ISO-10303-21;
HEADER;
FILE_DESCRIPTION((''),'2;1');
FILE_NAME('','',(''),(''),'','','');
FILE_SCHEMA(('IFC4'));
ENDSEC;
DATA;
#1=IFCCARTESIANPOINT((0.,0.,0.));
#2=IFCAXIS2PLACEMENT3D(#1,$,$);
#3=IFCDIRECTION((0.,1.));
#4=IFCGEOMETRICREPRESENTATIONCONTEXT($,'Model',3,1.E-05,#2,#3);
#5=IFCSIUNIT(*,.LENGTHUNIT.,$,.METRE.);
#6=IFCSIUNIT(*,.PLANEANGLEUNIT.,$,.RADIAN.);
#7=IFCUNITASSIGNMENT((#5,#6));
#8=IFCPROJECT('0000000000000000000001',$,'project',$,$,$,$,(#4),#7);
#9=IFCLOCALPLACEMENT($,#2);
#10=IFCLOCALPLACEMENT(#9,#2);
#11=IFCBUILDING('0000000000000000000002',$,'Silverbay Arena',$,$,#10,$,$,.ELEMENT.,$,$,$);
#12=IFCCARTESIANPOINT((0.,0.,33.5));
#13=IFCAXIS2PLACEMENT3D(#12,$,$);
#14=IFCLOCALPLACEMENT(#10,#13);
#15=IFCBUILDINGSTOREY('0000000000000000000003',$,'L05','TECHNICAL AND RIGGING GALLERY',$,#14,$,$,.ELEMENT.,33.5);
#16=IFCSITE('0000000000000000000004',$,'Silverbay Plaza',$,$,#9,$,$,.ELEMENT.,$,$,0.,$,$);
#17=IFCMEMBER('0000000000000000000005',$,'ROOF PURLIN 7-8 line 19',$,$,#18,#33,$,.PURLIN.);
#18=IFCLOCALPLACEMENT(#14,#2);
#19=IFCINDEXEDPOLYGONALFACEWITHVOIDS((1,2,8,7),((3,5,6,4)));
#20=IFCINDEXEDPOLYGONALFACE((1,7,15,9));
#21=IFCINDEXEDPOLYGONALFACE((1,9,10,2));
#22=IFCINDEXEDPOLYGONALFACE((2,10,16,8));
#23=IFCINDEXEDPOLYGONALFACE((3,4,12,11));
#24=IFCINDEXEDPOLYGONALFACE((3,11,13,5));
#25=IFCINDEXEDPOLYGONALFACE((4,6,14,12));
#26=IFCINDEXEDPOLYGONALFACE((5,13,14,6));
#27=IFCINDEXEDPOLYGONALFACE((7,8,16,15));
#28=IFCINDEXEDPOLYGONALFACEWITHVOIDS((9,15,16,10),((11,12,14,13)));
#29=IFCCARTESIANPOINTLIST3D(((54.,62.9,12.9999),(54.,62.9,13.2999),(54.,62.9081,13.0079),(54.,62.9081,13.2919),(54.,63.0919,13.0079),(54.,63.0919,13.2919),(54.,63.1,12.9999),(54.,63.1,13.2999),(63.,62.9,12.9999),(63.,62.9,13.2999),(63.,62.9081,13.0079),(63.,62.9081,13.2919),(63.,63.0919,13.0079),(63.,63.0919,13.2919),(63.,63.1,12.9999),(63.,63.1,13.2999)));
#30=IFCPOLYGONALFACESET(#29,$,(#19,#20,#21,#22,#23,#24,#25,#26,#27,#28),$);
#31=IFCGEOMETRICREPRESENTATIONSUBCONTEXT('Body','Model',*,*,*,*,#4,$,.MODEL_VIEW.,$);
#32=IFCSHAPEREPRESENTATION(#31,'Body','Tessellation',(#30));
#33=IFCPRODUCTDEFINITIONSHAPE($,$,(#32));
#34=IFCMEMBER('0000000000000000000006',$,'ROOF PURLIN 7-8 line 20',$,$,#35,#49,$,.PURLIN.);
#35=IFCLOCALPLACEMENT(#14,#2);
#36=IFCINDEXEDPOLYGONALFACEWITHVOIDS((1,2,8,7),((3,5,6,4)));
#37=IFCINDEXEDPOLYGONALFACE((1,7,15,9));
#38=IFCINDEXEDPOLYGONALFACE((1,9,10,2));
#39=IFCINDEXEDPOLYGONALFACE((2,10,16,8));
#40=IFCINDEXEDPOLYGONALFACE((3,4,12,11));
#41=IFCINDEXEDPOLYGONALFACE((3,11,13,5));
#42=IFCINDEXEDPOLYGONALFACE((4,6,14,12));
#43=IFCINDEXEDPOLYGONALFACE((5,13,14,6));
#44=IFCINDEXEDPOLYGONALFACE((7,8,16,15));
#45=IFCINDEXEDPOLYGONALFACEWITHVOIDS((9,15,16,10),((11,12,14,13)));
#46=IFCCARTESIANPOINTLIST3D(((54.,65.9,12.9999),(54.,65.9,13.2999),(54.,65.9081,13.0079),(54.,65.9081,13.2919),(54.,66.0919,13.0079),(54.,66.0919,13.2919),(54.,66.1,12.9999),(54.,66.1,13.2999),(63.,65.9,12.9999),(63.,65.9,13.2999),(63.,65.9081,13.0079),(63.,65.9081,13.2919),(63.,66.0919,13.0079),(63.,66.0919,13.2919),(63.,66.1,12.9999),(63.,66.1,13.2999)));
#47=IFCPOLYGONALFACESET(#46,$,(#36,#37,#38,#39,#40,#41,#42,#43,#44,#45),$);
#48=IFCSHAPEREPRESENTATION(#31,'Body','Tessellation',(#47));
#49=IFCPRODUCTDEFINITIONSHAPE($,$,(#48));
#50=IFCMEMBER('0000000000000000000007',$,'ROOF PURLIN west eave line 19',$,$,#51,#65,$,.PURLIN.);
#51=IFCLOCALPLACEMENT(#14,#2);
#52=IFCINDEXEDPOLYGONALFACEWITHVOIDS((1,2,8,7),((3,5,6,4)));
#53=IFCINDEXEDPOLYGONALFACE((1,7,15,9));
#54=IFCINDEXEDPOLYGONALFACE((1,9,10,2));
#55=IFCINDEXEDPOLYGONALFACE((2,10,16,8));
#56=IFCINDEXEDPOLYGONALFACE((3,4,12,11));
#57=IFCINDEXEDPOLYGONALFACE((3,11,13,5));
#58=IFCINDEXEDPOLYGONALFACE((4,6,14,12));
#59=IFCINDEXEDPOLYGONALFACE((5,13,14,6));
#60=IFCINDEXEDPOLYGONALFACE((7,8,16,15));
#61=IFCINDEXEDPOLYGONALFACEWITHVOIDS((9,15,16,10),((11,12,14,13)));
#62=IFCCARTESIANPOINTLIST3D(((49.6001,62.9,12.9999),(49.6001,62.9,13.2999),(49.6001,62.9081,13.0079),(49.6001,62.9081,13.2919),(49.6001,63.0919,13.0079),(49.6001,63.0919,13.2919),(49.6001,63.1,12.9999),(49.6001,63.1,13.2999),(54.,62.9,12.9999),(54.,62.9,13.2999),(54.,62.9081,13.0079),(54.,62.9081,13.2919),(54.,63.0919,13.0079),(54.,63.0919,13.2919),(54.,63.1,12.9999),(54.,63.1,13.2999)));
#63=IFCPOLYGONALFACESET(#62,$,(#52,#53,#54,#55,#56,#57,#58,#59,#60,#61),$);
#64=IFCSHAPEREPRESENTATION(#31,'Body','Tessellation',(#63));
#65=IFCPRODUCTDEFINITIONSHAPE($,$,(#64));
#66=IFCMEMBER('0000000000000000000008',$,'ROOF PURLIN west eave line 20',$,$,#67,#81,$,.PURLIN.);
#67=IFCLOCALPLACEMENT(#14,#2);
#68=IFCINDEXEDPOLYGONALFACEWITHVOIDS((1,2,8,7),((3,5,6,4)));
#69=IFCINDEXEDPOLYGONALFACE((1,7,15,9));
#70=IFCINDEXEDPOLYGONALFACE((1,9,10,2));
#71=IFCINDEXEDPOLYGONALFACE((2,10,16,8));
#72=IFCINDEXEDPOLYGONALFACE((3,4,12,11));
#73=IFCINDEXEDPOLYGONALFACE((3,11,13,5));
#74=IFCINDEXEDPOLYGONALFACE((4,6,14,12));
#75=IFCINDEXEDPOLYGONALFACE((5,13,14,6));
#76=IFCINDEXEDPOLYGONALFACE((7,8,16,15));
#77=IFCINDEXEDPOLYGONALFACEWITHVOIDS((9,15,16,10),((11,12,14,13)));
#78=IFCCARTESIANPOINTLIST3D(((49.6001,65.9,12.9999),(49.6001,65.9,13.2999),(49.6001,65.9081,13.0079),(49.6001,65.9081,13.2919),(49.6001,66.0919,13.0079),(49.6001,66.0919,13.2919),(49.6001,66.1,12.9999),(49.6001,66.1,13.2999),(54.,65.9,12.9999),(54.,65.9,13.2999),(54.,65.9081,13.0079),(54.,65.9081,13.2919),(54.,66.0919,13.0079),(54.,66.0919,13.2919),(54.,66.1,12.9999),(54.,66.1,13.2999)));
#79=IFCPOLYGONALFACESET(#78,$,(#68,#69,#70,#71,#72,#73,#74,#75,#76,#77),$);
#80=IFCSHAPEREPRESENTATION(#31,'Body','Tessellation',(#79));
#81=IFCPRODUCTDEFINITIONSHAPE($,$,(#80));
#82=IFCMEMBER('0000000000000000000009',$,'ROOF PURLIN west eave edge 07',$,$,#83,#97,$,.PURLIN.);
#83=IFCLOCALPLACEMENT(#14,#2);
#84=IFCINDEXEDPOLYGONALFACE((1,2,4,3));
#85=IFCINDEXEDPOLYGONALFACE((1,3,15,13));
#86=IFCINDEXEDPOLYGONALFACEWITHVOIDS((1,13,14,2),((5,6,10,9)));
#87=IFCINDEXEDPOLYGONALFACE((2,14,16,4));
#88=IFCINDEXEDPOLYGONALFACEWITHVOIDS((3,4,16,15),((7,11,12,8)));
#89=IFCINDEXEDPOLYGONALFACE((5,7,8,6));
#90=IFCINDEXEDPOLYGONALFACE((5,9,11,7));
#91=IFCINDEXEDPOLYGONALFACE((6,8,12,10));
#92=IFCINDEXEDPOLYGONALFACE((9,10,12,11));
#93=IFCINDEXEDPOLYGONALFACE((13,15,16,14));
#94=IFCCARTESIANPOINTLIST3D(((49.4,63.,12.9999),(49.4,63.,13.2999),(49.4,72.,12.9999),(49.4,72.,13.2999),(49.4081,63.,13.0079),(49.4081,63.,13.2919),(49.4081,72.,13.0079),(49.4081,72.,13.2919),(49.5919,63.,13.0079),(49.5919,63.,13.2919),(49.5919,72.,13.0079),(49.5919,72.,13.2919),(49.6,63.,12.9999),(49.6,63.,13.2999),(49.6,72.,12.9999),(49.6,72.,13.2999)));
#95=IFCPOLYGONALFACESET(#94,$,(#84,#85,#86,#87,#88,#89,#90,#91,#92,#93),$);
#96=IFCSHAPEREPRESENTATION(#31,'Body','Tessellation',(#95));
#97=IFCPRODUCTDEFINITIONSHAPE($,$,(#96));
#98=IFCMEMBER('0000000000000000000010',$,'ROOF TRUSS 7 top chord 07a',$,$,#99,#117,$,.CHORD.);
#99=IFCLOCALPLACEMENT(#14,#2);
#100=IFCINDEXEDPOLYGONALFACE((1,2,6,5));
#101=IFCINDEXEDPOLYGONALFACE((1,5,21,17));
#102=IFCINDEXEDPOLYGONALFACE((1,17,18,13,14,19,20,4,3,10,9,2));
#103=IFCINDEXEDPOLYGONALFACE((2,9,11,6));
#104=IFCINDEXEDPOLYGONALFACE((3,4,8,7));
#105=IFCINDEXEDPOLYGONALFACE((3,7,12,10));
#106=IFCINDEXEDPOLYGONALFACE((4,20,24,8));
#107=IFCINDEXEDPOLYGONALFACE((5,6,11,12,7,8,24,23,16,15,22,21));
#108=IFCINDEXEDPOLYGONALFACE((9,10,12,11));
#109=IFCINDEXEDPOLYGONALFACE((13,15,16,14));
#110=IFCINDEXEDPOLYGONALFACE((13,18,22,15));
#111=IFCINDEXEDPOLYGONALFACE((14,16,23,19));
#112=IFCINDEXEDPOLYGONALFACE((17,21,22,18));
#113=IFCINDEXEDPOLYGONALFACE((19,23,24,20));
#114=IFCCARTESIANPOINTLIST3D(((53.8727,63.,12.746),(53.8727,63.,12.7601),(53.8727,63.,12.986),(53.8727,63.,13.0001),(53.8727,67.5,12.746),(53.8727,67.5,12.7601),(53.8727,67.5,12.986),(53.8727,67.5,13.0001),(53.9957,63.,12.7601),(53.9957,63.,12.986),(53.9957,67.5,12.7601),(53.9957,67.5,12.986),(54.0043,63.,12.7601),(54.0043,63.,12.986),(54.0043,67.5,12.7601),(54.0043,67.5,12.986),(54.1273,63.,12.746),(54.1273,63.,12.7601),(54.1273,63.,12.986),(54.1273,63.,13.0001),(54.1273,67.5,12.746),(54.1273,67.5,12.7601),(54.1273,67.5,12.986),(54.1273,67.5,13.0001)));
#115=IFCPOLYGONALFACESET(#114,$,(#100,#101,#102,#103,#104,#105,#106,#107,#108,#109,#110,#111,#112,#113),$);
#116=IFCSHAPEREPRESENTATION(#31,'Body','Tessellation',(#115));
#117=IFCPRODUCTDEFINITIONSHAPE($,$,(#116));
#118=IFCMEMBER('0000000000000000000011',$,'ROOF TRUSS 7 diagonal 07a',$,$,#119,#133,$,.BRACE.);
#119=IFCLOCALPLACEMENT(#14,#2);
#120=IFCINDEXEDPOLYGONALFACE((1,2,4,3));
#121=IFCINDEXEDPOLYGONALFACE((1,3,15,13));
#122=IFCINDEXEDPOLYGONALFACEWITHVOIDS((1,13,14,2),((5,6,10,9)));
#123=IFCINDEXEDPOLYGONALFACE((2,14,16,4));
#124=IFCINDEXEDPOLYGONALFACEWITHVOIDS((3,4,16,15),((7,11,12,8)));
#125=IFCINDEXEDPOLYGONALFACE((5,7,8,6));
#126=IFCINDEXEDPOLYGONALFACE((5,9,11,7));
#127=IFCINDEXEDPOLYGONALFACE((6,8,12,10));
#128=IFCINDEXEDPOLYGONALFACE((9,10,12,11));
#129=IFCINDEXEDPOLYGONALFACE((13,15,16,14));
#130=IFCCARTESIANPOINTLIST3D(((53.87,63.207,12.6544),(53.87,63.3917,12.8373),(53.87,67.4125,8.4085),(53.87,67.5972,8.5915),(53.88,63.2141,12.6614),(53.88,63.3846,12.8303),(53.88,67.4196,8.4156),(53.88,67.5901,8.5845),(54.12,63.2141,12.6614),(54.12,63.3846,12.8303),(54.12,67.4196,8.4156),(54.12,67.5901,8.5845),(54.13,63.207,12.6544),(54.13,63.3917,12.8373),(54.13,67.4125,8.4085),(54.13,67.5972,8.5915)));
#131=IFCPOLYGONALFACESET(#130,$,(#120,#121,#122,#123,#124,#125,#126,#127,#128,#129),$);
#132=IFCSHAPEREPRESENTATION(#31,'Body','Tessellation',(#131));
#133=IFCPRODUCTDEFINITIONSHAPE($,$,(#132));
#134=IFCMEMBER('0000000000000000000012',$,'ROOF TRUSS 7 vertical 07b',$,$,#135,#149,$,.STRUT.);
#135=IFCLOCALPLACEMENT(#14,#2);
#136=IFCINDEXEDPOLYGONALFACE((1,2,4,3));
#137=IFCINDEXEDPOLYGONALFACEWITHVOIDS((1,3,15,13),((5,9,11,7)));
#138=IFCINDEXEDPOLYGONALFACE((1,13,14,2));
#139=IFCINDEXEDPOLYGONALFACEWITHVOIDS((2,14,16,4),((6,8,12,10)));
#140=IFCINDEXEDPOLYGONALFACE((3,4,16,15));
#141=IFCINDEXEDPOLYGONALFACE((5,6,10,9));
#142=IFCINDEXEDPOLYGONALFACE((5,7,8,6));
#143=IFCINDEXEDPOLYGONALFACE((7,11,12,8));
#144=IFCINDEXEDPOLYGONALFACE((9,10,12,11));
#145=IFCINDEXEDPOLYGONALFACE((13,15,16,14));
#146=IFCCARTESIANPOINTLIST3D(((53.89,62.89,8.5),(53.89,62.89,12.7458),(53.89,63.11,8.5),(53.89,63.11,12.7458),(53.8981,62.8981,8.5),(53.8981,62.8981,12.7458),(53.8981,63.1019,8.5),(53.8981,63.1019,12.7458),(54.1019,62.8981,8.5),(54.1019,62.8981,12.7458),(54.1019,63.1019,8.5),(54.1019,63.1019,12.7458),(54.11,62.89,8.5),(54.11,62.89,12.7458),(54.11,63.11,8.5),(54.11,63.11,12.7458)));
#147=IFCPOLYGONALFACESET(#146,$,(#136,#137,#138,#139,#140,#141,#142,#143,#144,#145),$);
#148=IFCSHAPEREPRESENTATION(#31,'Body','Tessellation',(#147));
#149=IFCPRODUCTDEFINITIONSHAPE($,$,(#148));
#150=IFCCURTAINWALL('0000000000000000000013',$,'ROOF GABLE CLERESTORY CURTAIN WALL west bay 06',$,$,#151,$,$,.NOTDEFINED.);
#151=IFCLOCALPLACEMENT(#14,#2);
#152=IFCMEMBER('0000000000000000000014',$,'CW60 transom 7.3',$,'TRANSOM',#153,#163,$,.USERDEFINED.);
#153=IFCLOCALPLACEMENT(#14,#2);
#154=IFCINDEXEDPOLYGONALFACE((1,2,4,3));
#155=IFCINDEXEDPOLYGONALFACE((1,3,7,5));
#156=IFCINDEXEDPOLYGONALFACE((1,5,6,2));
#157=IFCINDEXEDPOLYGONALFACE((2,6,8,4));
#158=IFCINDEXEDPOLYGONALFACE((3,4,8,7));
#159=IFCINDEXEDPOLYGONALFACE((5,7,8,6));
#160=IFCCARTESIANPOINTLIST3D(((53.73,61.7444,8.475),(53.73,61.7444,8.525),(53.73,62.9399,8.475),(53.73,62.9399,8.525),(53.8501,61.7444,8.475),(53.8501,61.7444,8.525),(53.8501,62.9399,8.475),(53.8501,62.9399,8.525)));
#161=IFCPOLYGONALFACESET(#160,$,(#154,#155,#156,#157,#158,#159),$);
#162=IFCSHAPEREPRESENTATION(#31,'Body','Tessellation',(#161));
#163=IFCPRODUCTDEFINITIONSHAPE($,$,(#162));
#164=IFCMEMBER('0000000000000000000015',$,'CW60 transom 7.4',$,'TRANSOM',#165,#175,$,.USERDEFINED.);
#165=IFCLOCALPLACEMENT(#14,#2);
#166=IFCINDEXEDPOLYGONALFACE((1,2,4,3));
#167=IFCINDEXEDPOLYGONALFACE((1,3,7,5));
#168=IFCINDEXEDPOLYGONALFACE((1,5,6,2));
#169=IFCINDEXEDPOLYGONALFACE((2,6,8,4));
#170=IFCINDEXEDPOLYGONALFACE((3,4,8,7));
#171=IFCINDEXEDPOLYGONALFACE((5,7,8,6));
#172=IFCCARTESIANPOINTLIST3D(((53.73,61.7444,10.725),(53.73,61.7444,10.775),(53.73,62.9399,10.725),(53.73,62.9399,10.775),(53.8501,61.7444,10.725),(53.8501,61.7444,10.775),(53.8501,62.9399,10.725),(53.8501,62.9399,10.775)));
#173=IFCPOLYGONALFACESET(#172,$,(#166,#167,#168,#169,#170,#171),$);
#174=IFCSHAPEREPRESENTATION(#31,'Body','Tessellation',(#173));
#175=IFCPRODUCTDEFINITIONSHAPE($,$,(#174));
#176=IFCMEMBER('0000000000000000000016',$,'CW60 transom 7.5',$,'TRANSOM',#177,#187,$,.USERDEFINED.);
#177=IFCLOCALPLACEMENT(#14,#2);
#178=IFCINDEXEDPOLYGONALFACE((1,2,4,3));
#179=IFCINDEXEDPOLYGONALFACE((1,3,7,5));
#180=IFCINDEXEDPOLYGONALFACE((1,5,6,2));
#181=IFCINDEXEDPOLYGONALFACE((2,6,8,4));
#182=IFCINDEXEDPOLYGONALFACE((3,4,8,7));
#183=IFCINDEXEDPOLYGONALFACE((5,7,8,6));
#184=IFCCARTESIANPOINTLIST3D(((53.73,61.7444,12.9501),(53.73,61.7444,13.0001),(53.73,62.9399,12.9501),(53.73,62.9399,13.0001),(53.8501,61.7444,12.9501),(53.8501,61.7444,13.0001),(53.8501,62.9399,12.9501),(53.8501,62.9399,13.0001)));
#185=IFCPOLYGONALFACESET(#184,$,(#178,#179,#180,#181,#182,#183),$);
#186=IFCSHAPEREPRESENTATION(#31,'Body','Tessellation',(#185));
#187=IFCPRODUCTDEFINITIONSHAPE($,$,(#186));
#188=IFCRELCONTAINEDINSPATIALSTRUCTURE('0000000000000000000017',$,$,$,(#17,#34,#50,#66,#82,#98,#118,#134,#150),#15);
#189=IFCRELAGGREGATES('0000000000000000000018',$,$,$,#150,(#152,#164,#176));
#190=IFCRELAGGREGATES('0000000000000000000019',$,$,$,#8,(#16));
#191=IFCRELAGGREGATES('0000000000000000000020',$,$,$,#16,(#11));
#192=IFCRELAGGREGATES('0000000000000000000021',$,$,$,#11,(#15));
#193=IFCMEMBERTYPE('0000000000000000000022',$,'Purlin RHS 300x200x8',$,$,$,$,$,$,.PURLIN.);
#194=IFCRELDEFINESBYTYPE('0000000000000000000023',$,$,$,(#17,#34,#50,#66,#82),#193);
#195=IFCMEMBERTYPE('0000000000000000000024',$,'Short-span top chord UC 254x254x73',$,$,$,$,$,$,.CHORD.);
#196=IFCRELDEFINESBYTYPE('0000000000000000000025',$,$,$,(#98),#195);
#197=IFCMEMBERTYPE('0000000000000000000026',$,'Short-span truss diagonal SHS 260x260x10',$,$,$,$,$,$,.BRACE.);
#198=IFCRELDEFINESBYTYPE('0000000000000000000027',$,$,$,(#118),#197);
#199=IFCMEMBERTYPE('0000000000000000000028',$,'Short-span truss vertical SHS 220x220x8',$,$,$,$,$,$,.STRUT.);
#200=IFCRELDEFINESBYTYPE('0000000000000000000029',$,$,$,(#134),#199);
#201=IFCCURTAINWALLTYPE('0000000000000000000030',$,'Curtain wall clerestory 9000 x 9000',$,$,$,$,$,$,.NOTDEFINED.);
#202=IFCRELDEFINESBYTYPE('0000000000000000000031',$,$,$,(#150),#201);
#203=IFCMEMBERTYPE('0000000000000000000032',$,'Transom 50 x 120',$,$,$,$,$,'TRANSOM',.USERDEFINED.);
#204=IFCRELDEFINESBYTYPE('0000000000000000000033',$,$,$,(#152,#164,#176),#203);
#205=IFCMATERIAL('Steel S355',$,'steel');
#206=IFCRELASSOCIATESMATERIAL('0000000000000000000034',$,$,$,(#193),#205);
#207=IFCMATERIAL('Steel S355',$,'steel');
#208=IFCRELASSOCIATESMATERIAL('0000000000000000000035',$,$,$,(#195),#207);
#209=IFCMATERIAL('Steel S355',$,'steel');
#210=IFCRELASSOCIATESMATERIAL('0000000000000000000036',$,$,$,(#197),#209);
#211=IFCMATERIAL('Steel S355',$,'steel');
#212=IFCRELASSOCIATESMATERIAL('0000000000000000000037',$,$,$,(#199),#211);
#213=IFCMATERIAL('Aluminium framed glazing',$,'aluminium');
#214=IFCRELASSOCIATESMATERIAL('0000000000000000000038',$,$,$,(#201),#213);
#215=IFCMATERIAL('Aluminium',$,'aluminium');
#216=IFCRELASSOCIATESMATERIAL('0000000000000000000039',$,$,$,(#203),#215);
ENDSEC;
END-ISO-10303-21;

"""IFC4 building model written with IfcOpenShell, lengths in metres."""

from ifc_helpers import new_model, si_unit, direction, frame, origin, origin_2d, place, context, subcontext, project, spatial, rectangle, hollow_rectangle, i_section, extrude, material, material_profile, profile_set, type_object, element, aggregate, save


model = new_model("IFC4")

# Units and contexts
model_context = context("Model", 3, precision=1e-05, world=origin(), true_north=direction((0.0, 1.0)))
body_context = subcontext(model_context, "Body", "Model", "MODEL_VIEW")
ifc_project = project(units=[si_unit("LENGTHUNIT", "METRE"), si_unit("PLANEANGLEUNIT", "RADIAN")], contexts=[model_context])

# Site, building, storey
site_placement = place(None, origin())
site = spatial("IfcSite", under=ifc_project, at=site_placement, Name="Silverbay Plaza", CompositionType="ELEMENT", RefElevation=0.0)
building_placement = place(site_placement, origin())
building = spatial("IfcBuilding", under=site, at=building_placement, Name="Silverbay Arena", CompositionType="ELEMENT")
storey_placement = place(building_placement, frame((0.0, 0.0, 33.5)))
storey = spatial("IfcBuildingStorey", under=building, at=storey_placement, Name="L05", Description="TECHNICAL AND RIGGING GALLERY", CompositionType="ELEMENT", Elevation=33.5)

# Members
ifc_material_1 = material(Name="Steel S355", Category="steel")
ifc_material_profile_1 = material_profile(ifc_material_1, hollow_rectangle(XDim=0.2, YDim=0.3, WallThickness=0.0081, at=origin_2d()), Name="RHS 300x200x8")
ifc_profile_set_1 = profile_set([ifc_material_profile_1], Name="Steel S355")
member_type_1 = type_object("IfcMemberType", Name="Purlin RHS 300x200x8", PredefinedType="PURLIN", material=ifc_profile_set_1)
for number, where, z_axis, x_axis, name in (
    (1, (54.0, 63.0, 13.1499), (1.0, 0.0, 0.0), (0.0, 1.0, 0.0), "ROOF PURLIN 7-8 line 19"),
    (2, (54.0, 66.0, 13.1499), (1.0, 0.0, 0.0), (0.0, 1.0, 0.0), "ROOF PURLIN 7-8 line 20"),
):
    element("IfcMember", number, at=place(storey_placement, frame(where, z_axis=z_axis, x_axis=x_axis)), inside=storey, type_object=member_type_1, Name=name, PredefinedType="PURLIN", context=body_context, shape_type="SweptSolid", body=[
        extrude(hollow_rectangle(XDim=0.2, YDim=0.3, WallThickness=0.0081, at=origin_2d()), origin(), (0.0, 0.0, 1.0), 9.0),
    ])
for number, where, z_axis, x_axis, name in (
    (3, (49.6001, 63.0, 13.1499), (1.0, 0.0, 0.0), (0.0, 1.0, 0.0), "ROOF PURLIN west eave line 19"),
    (4, (49.6001, 66.0, 13.1499), (1.0, 0.0, 0.0), (0.0, 1.0, 0.0), "ROOF PURLIN west eave line 20"),
):
    element("IfcMember", number, at=place(storey_placement, frame(where, z_axis=z_axis, x_axis=x_axis)), inside=storey, type_object=member_type_1, Name=name, PredefinedType="PURLIN", context=body_context, shape_type="SweptSolid", body=[
        extrude(hollow_rectangle(XDim=0.2, YDim=0.3, WallThickness=0.0081, at=origin_2d()), origin(), (0.0, 0.0, 1.0), 4.3999),
    ])
member_1_placement = place(storey_placement, frame((49.5, 63.0, 13.1499), z_axis=(0.0, 1.0, 0.0), x_axis=(-1.0, 0.0, 0.0)))
element("IfcMember", 5, at=member_1_placement, inside=storey, type_object=member_type_1, Name="ROOF PURLIN west eave edge 07", PredefinedType="PURLIN", context=body_context, shape_type="SweptSolid", body=[
    extrude(hollow_rectangle(XDim=0.2, YDim=0.3, WallThickness=0.0081, at=origin_2d()), origin(), (0.0, 0.0, 1.0), 9.0),
])
ifc_material_2 = material(Name="Steel S355", Category="steel")
ifc_material_profile_2 = material_profile(ifc_material_2, i_section(OverallWidth=0.2546, OverallDepth=0.2542, WebThickness=0.0085, FlangeThickness=0.0142, at=origin_2d()), Name="UC 254x254x73")
ifc_profile_set_2 = profile_set([ifc_material_profile_2], Name="Steel S355")
member_type_2 = type_object("IfcMemberType", Name="Short-span top chord UC 254x254x73", PredefinedType="CHORD", material=ifc_profile_set_2)
member_2_placement = place(storey_placement, frame((54.0, 63.0, 12.873), z_axis=(0.0, 1.0, 0.0), x_axis=(-1.0, 0.0, 0.0)))
element("IfcMember", 6, at=member_2_placement, inside=storey, type_object=member_type_2, Name="ROOF TRUSS 7 top chord 07a", PredefinedType="CHORD", context=body_context, shape_type="SweptSolid", body=[
    extrude(i_section(OverallWidth=0.2546, OverallDepth=0.2542, WebThickness=0.0085, FlangeThickness=0.0142, at=origin_2d()), origin(), (0.0, 0.0, 1.0), 4.5),
])
ifc_material_3 = material(Name="Steel S355", Category="steel")
ifc_material_profile_3 = material_profile(ifc_material_3, hollow_rectangle(XDim=0.26, YDim=0.26, WallThickness=0.01, at=origin_2d()), Name="SHS 260x260x10")
ifc_profile_set_3 = profile_set([ifc_material_profile_3], Name="Steel S355")
member_type_3 = type_object("IfcMemberType", Name="Short-span truss diagonal SHS 260x260x10", PredefinedType="BRACE", material=ifc_profile_set_3)
member_3_placement = place(storey_placement, frame((54.0, 63.2993, 12.7458), z_axis=(0.0, 0.703728, -0.710469), x_axis=(-1.0, 0.0, 0.0)))
element("IfcMember", 7, at=member_3_placement, inside=storey, type_object=member_type_3, Name="ROOF TRUSS 7 diagonal 07a", PredefinedType="BRACE", context=body_context, shape_type="SweptSolid", body=[
    extrude(hollow_rectangle(XDim=0.26, YDim=0.26, WallThickness=0.01, at=origin_2d()), origin(), (0.0, 0.0, 1.0), 5.9761),
])
ifc_material_4 = material(Name="Steel S355", Category="steel")
ifc_material_profile_4 = material_profile(ifc_material_4, hollow_rectangle(XDim=0.22, YDim=0.22, WallThickness=0.0081, at=origin_2d()), Name="SHS 220x220x8")
ifc_profile_set_4 = profile_set([ifc_material_profile_4], Name="Steel S355")
member_type_4 = type_object("IfcMemberType", Name="Short-span truss vertical SHS 220x220x8", PredefinedType="STRUT", material=ifc_profile_set_4)
member_4_placement = place(storey_placement, frame((54.0, 63.0, 8.5), z_axis=(0.0, 0.0, 1.0), x_axis=(1.0, 0.0, 0.0)))
element("IfcMember", 8, at=member_4_placement, inside=storey, type_object=member_type_4, Name="ROOF TRUSS 7 vertical 07b", PredefinedType="STRUT", context=body_context, shape_type="SweptSolid", body=[
    extrude(hollow_rectangle(XDim=0.22, YDim=0.22, WallThickness=0.0081, at=origin_2d()), origin(), (0.0, 0.0, 1.0), 4.2458),
])

# Curtain wall, members
ifc_material_5 = material(Name="Aluminium framed glazing", Category="aluminium")
curtain_wall_type = type_object("IfcCurtainWallType", Name="Curtain wall clerestory 9000 x 9000", PredefinedType="NOTDEFINED", material=ifc_material_5)
curtain_wall_1_placement = place(storey_placement, origin())
curtain_wall_1 = element("IfcCurtainWall", 9, at=curtain_wall_1_placement, inside=storey, type_object=curtain_wall_type, Name="ROOF GABLE CLERESTORY CURTAIN WALL west bay 06", PredefinedType="NOTDEFINED")
ifc_material_6 = material(Name="Aluminium", Category="aluminium")
ifc_material_profile_5 = material_profile(ifc_material_6, rectangle(XDim=0.1201, YDim=0.05, at=origin_2d()), Name="Transom 50 x 120")
ifc_profile_set_5 = profile_set([ifc_material_profile_5], Name="Aluminium")
member_type_5 = type_object("IfcMemberType", Name="Transom 50 x 120", ElementType="TRANSOM", PredefinedType="USERDEFINED", material=ifc_profile_set_5)
member_5_placement = place(storey_placement, frame((53.79, 61.7444, 8.5), z_axis=(0.0, 1.0, 0.0), x_axis=(-1.0, 0.0, 0.0)))
member_5 = element("IfcMember", 10, at=member_5_placement, type_object=member_type_5, Name="CW60 transom 7.3", ObjectType="TRANSOM", PredefinedType="USERDEFINED", context=body_context, shape_type="SweptSolid", body=[
    extrude(rectangle(XDim=0.1201, YDim=0.05, at=origin_2d()), origin(), (0.0, 0.0, 1.0), 1.1956),
])
member_6_placement = place(storey_placement, frame((53.79, 61.7444, 10.75), z_axis=(0.0, 1.0, 0.0), x_axis=(-1.0, 0.0, 0.0)))
member_6 = element("IfcMember", 11, at=member_6_placement, type_object=member_type_5, Name="CW60 transom 7.4", ObjectType="TRANSOM", PredefinedType="USERDEFINED", context=body_context, shape_type="SweptSolid", body=[
    extrude(rectangle(XDim=0.1201, YDim=0.05, at=origin_2d()), origin(), (0.0, 0.0, 1.0), 1.1956),
])
member_7_placement = place(storey_placement, frame((53.79, 61.7444, 12.9751), z_axis=(0.0, 1.0, 0.0), x_axis=(-1.0, 0.0, 0.0)))
member_7 = element("IfcMember", 12, at=member_7_placement, type_object=member_type_5, Name="CW60 transom 7.5", ObjectType="TRANSOM", PredefinedType="USERDEFINED", context=body_context, shape_type="SweptSolid", body=[
    extrude(rectangle(XDim=0.1201, YDim=0.05, at=origin_2d()), origin(), (0.0, 0.0, 1.0), 1.1956),
])

aggregate(curtain_wall_1, [member_5, member_6, member_7])

save(model, "model.ifc")
